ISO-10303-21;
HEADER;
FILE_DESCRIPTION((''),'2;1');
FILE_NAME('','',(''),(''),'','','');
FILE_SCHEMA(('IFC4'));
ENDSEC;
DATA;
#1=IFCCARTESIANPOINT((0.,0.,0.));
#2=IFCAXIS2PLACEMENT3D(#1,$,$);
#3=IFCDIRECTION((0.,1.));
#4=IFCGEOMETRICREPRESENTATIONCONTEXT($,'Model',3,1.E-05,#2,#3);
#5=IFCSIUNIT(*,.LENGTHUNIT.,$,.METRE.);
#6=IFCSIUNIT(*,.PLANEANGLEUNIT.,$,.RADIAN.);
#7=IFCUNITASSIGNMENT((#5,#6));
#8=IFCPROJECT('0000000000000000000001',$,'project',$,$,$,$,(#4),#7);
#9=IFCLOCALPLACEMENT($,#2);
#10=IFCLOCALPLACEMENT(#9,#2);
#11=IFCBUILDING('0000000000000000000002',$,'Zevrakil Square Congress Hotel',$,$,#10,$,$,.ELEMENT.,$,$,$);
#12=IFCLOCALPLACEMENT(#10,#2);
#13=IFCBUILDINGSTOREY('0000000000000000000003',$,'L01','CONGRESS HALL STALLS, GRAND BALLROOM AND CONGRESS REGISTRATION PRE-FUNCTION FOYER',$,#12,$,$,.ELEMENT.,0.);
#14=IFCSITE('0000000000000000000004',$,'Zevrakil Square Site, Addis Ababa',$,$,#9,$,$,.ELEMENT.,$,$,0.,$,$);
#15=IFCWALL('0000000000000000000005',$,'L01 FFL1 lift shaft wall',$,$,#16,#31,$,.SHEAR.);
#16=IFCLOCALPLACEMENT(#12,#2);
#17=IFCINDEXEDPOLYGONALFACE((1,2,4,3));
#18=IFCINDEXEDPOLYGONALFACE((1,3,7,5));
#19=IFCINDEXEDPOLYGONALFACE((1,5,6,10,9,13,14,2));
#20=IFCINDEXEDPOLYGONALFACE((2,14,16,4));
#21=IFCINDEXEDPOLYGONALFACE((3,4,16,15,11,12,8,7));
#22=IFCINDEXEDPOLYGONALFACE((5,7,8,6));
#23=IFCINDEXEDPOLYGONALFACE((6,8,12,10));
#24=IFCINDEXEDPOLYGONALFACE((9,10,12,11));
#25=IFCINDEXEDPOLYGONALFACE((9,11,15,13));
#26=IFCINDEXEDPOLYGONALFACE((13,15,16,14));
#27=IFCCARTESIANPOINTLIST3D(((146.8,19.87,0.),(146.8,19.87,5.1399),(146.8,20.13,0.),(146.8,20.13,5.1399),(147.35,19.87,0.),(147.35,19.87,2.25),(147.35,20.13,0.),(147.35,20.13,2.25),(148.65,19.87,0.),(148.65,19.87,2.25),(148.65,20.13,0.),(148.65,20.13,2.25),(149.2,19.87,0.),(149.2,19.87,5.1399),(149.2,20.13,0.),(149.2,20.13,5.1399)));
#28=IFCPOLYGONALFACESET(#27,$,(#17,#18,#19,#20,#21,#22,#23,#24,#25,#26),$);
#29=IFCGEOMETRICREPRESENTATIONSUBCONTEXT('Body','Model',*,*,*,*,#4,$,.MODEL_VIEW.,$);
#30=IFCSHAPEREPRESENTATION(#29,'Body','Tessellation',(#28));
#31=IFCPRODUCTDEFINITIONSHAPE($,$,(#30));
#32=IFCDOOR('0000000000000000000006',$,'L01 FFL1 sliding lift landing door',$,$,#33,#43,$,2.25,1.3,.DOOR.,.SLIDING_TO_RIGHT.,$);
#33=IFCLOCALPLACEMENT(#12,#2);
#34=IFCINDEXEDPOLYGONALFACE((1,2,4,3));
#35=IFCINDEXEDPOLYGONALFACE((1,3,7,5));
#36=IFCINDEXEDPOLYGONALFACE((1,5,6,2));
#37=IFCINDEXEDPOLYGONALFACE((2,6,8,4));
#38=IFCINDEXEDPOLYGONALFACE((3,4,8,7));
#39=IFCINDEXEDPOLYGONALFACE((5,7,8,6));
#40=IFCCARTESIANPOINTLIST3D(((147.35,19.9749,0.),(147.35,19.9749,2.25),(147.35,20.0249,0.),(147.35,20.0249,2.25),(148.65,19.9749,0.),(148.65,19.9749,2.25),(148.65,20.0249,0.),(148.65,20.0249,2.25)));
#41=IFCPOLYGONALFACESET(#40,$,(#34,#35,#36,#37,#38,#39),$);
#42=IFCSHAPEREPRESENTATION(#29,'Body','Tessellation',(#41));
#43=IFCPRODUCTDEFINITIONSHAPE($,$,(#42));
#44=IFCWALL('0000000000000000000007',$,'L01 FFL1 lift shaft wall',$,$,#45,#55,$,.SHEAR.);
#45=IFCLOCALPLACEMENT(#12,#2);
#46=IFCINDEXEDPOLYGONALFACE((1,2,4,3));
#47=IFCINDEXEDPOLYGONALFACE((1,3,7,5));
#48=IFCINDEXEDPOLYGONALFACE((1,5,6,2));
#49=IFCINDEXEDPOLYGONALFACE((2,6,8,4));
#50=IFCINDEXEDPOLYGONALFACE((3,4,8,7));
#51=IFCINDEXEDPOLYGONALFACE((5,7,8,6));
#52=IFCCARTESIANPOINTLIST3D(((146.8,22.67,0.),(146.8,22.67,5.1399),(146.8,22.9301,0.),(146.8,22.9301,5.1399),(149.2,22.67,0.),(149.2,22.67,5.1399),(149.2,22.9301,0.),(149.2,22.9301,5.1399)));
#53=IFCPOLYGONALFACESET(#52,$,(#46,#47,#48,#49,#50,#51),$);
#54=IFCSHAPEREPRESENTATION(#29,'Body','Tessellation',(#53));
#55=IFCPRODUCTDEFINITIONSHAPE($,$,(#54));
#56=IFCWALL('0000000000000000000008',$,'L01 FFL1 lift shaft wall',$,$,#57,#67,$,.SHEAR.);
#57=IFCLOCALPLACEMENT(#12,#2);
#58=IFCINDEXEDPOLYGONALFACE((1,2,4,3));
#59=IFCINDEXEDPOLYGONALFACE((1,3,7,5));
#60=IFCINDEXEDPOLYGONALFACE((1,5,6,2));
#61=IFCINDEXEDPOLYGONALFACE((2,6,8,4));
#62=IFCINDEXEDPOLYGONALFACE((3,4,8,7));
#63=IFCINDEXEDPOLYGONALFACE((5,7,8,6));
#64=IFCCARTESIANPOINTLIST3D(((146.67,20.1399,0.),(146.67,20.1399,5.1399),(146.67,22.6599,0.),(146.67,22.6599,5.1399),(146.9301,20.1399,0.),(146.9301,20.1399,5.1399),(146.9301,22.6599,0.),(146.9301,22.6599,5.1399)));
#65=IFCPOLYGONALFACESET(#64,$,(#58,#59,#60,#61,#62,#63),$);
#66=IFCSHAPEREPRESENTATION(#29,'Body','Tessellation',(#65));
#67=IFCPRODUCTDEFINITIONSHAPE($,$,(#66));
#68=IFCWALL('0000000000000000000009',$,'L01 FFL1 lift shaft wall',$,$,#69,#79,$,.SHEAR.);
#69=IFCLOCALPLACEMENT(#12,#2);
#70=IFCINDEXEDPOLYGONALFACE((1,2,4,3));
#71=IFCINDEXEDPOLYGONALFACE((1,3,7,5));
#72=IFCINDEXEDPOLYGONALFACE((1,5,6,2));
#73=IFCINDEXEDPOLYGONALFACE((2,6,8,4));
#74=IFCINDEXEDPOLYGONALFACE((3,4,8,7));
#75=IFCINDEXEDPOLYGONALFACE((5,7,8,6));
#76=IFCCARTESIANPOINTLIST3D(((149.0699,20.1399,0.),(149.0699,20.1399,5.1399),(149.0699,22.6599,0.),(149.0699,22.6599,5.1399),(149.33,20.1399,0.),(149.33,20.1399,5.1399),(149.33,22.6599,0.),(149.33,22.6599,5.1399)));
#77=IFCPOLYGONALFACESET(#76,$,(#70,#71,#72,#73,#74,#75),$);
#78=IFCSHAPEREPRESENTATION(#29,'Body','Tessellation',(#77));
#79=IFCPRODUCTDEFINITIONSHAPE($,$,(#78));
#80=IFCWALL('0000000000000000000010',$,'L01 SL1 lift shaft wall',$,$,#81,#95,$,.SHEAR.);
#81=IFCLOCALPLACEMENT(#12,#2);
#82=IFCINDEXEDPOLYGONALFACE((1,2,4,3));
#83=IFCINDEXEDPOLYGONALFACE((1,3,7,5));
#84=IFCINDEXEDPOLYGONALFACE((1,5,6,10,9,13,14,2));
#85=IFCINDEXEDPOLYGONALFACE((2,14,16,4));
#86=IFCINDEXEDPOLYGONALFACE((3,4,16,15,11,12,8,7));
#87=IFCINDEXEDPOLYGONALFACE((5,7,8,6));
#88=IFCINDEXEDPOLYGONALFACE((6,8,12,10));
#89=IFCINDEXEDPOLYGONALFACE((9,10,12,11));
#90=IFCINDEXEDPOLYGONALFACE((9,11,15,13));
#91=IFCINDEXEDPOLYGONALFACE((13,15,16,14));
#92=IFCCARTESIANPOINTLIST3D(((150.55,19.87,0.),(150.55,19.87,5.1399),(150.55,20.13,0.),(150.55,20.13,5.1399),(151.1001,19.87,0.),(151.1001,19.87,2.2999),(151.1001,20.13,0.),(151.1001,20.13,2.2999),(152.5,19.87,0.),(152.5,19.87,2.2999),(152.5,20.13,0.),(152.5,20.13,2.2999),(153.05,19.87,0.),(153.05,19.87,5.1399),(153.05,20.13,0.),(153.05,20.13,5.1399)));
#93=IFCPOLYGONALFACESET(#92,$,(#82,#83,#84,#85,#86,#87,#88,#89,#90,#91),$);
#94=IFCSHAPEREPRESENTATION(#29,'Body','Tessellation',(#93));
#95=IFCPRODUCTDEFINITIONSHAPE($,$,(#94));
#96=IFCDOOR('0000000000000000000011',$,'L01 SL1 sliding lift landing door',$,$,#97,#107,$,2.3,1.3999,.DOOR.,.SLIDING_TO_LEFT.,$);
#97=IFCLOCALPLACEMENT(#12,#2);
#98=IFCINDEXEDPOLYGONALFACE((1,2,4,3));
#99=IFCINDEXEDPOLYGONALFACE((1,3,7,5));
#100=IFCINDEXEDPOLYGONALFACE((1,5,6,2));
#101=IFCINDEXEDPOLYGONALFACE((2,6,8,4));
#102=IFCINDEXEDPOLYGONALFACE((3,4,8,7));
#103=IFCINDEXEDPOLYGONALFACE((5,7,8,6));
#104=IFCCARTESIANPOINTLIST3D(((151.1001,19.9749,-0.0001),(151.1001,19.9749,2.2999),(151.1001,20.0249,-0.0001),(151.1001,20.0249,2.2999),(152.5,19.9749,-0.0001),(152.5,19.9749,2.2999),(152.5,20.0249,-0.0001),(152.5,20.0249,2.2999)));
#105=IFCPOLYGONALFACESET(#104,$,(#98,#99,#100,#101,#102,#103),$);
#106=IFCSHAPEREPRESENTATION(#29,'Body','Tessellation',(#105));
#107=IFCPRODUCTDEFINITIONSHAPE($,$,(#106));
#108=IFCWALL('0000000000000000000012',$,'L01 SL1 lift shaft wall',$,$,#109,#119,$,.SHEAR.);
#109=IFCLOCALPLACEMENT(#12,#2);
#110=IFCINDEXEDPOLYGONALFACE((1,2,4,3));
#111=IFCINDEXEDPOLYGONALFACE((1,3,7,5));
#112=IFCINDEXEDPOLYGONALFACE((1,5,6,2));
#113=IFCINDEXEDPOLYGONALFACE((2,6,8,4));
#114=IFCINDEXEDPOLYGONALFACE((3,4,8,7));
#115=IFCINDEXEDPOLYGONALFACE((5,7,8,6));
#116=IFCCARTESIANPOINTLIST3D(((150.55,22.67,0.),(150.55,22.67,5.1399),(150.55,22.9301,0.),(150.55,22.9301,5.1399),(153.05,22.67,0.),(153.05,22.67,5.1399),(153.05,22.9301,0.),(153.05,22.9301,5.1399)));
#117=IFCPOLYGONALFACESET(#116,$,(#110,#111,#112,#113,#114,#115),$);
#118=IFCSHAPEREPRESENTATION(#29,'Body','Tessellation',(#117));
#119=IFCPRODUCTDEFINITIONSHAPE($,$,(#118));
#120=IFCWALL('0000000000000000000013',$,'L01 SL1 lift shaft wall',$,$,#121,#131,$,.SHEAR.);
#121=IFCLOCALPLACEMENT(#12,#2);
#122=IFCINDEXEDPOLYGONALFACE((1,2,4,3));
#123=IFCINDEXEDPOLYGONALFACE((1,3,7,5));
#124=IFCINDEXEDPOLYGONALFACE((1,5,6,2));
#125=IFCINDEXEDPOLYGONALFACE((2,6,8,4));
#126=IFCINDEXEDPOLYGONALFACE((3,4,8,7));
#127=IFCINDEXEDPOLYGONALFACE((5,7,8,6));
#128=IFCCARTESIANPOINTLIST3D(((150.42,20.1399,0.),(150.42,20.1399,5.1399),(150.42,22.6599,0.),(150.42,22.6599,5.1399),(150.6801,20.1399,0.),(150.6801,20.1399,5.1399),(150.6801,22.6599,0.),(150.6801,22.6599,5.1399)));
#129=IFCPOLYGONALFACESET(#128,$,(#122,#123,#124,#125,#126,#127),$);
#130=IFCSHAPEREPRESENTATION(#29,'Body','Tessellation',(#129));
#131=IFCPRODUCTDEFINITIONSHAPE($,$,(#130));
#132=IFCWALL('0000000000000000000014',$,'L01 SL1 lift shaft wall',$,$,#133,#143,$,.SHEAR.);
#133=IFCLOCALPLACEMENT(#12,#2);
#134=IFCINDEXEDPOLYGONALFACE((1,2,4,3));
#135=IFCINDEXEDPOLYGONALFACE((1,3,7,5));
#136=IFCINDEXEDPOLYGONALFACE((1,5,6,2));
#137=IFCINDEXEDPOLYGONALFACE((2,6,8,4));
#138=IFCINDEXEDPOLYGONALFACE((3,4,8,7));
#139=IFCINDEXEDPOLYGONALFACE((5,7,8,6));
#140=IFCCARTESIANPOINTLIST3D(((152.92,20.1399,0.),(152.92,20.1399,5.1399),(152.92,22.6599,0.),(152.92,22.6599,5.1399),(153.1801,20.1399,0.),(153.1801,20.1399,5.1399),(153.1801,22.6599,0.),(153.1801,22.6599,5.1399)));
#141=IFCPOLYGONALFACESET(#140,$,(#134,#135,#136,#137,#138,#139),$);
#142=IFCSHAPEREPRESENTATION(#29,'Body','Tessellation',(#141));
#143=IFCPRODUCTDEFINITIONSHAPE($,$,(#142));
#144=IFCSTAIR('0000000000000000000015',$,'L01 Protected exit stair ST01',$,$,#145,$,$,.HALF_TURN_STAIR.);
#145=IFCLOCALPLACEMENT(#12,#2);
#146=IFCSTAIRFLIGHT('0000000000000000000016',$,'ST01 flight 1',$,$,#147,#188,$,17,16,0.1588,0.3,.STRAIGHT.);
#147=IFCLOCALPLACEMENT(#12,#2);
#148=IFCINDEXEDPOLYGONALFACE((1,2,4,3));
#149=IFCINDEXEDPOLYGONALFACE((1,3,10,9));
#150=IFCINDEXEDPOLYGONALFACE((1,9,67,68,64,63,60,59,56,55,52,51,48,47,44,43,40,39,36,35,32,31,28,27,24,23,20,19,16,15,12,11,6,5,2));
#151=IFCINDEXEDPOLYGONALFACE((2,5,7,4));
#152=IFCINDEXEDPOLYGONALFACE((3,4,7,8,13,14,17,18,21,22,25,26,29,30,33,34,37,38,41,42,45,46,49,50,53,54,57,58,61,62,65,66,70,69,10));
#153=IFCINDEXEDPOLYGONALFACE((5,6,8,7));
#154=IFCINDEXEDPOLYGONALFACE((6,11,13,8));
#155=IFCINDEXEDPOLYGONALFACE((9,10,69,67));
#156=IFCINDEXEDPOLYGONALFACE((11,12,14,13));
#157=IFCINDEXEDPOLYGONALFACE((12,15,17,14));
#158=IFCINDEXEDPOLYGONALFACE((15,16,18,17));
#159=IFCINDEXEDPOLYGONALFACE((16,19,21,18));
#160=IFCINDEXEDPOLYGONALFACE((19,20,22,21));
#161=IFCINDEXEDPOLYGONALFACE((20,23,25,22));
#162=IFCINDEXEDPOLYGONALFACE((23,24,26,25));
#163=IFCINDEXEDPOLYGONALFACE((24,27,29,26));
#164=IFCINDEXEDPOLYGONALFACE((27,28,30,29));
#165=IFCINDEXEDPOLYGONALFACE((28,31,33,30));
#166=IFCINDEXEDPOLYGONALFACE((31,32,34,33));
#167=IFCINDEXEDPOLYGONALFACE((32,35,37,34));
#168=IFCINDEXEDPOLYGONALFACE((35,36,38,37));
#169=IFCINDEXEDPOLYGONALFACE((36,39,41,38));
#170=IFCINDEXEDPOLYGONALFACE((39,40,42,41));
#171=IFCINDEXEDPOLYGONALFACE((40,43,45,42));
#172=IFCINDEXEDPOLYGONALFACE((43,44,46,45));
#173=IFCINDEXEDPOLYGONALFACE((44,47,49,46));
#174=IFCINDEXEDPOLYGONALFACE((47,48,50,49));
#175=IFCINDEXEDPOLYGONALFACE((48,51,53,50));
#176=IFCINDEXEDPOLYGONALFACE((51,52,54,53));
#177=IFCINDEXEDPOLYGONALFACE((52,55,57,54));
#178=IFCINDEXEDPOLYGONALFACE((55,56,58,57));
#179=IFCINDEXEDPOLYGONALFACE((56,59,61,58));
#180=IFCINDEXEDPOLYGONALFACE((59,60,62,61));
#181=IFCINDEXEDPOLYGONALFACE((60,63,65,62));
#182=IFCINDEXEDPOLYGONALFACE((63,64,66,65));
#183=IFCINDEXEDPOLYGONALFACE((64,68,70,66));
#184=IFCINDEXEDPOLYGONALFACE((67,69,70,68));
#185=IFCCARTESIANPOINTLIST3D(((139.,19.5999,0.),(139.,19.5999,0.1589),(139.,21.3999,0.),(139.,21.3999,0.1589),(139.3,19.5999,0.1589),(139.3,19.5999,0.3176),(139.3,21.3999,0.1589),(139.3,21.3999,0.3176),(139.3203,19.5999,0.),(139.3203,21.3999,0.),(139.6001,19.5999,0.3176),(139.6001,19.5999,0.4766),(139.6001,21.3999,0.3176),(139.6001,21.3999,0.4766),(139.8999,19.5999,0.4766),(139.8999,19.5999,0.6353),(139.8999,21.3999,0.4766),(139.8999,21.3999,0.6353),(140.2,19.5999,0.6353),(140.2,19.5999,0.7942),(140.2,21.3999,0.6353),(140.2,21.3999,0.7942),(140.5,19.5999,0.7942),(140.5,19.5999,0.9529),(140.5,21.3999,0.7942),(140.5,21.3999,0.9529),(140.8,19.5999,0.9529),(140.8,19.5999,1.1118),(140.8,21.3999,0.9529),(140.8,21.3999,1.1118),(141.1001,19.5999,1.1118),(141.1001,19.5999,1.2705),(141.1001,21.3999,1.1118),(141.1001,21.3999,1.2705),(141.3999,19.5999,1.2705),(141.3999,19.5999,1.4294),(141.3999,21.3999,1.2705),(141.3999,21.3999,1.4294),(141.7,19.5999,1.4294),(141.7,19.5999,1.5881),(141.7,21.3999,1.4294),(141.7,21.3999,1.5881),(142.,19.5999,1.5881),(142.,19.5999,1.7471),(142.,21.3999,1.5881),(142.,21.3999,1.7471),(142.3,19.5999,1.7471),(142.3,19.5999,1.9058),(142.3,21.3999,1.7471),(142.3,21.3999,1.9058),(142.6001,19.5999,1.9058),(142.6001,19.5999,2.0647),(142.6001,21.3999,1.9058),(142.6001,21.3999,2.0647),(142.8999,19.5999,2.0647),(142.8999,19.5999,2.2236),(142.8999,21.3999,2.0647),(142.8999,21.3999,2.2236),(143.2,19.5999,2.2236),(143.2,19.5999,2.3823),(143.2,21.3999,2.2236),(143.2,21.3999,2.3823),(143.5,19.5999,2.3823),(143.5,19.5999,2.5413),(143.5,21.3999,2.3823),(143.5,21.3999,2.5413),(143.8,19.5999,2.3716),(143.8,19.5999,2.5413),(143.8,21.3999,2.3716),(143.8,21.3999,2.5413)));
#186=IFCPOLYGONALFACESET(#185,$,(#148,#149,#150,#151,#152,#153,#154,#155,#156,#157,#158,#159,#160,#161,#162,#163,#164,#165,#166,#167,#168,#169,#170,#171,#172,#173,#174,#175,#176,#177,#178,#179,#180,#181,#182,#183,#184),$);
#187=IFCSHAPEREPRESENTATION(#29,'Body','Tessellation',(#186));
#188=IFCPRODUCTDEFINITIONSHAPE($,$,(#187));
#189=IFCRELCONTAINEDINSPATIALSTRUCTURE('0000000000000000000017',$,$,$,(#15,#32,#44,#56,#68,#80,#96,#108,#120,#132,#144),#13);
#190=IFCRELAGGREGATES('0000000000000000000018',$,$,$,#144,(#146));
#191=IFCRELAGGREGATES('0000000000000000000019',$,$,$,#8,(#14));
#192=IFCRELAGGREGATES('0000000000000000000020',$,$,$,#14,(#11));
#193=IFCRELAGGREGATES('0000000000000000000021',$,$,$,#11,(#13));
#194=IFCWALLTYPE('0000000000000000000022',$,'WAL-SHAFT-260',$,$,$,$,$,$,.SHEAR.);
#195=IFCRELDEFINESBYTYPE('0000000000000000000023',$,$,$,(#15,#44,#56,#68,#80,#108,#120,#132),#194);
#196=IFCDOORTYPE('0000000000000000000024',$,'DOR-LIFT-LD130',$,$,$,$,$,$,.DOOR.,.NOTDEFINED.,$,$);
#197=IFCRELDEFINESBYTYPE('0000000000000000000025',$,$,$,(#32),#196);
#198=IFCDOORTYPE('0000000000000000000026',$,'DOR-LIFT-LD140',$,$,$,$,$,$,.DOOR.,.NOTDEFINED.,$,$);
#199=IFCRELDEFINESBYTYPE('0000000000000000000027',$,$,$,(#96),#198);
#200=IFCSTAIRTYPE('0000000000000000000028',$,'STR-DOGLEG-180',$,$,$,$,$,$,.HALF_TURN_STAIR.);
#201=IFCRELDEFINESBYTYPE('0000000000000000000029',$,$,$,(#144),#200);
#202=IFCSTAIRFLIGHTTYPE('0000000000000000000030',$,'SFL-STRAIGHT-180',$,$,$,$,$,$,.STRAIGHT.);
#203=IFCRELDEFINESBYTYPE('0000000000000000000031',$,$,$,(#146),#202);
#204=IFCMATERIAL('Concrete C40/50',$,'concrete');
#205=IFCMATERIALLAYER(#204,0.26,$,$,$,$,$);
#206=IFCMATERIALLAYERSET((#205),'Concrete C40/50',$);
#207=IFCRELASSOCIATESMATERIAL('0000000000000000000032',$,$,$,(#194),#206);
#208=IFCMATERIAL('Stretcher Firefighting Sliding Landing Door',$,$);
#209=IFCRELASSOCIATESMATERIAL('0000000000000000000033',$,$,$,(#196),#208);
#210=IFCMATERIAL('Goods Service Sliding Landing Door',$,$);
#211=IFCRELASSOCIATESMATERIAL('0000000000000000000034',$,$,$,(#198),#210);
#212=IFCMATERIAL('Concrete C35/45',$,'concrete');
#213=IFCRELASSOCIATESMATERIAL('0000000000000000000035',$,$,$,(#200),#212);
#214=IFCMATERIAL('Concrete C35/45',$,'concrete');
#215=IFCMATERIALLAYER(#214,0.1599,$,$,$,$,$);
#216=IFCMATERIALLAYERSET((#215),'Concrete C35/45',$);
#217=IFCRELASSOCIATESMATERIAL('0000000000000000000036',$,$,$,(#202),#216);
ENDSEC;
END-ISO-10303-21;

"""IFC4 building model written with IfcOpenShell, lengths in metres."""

from ifc_helpers import new_model, si_unit, direction, frame, frame_2d, origin, place, context, subcontext, project, spatial, polyline, rectangle, outline, extrude, material, layer, layer_set, type_object, element, fill, aggregate, save


model = new_model("IFC4")

# Units and contexts
model_context = context("Model", 3, precision=1e-05, world=origin(), true_north=direction((0.0, 1.0)))
body_context = subcontext(model_context, "Body", "Model", "MODEL_VIEW")
ifc_project = project(units=[si_unit("LENGTHUNIT", "METRE"), si_unit("PLANEANGLEUNIT", "RADIAN")], contexts=[model_context])

# Site, building, storey
site_placement = place(None, origin())
site = spatial("IfcSite", under=ifc_project, at=site_placement, Name="Zevrakil Square Site, Addis Ababa", CompositionType="ELEMENT", RefElevation=0.0)
building_placement = place(site_placement, origin())
building = spatial("IfcBuilding", under=site, at=building_placement, Name="Zevrakil Square Congress Hotel", CompositionType="ELEMENT")
storey_placement = place(building_placement, origin())
storey = spatial("IfcBuildingStorey", under=building, at=storey_placement, Name="L01", Description="CONGRESS HALL STALLS, GRAND BALLROOM AND CONGRESS REGISTRATION PRE-FUNCTION FOYER", CompositionType="ELEMENT", Elevation=0.0)

# Shared definitions
ifc_material_1 = material(Name="Concrete C40/50", Category="concrete")
ifc_layer_1 = layer(ifc_material_1, 0.26)
ifc_layer_set_1 = layer_set([ifc_layer_1], Name="Concrete C40/50")
wall_type_1 = type_object("IfcWallType", Name="WAL-SHAFT-260", PredefinedType="SHEAR", material=ifc_layer_set_1)

# Wall, opening, door
wall_1_placement = place(storey_placement, frame((146.8, 20.0, 0.0), z_axis=(0.0, 0.0, 1.0), x_axis=(1.0, 0.0, 0.0)))
wall_1 = element("IfcWall", 1, at=wall_1_placement, inside=storey, type_object=wall_type_1, Name="L01 FFL1 lift shaft wall", PredefinedType="SHEAR", context=body_context, shape_type="SweptSolid", body=[
    extrude(rectangle(XDim=2.3999, YDim=0.26, at=frame_2d((1.2, 0.0))), origin(), (0.0, 0.0, 1.0), 5.1399),
])
opening_1_placement = place(wall_1_placement, frame((0.55, 0.0, 0.0)))
opening_1 = element("IfcOpeningElement", 2, at=opening_1_placement, cuts=wall_1, PredefinedType="OPENING", context=body_context, shape_type="SweptSolid", body=[
    extrude(rectangle(XDim=1.3, YDim=2.25, at=frame_2d((0.6499, 1.125))), frame((0.0, 0.1401, 0.0), z_axis=(0.0, -1.0, 0.0), x_axis=(1.0, 0.0, 0.0)), (0.0, 0.0, 1.0), 0.28),
])
ifc_material_2 = material(Name="Stretcher Firefighting Sliding Landing Door")
door_type_1 = type_object("IfcDoorType", Name="DOR-LIFT-LD130", OperationType="NOTDEFINED", PredefinedType="DOOR", material=ifc_material_2)
door_1_placement = place(opening_1_placement, origin())
door_1 = element("IfcDoor", 3, at=door_1_placement, inside=storey, type_object=door_type_1, Name="L01 FFL1 sliding lift landing door", OperationType="SLIDING_TO_RIGHT", OverallHeight=2.25, OverallWidth=1.3, PredefinedType="DOOR", context=body_context, shape_type="SweptSolid", body=[
    extrude(rectangle(XDim=1.3, YDim=2.25, at=frame_2d((0.6499, 1.125))), frame((0.0, 0.0249, 0.0), z_axis=(0.0, -1.0, 0.0), x_axis=(1.0, 0.0, 0.0)), (0.0, 0.0, 1.0), 0.05),
])
fill(opening_1, door_1)

# Walls
wall_2_placement = place(storey_placement, frame((146.8, 22.8, 0.0), z_axis=(0.0, 0.0, 1.0), x_axis=(1.0, 0.0, 0.0)))
element("IfcWall", 4, at=wall_2_placement, inside=storey, type_object=wall_type_1, Name="L01 FFL1 lift shaft wall", PredefinedType="SHEAR", context=body_context, shape_type="SweptSolid", body=[
    extrude(rectangle(XDim=2.3999, YDim=0.26, at=frame_2d((1.2, 0.0))), origin(), (0.0, 0.0, 1.0), 5.1399),
])
for number, where, z_axis, x_axis, name in (
    (5, (146.8, 20.1399, 0.0), (0.0, 0.0, 1.0), (0.0, 1.0, 0.0), "L01 FFL1 lift shaft wall"),
    (6, (149.2, 20.1399, 0.0), (0.0, 0.0, 1.0), (0.0, 1.0, 0.0), "L01 FFL1 lift shaft wall"),
):
    element("IfcWall", number, at=place(storey_placement, frame(where, z_axis=z_axis, x_axis=x_axis)), inside=storey, type_object=wall_type_1, Name=name, PredefinedType="SHEAR", context=body_context, shape_type="SweptSolid", body=[
        extrude(rectangle(XDim=2.52, YDim=0.26, at=frame_2d((1.26, 0.0))), origin(), (0.0, 0.0, 1.0), 5.1399),
    ])

# Wall, opening, door
wall_3_placement = place(storey_placement, frame((150.55, 20.0, 0.0), z_axis=(0.0, 0.0, 1.0), x_axis=(1.0, 0.0, 0.0)))
wall_3 = element("IfcWall", 7, at=wall_3_placement, inside=storey, type_object=wall_type_1, Name="L01 SL1 lift shaft wall", PredefinedType="SHEAR", context=body_context, shape_type="SweptSolid", body=[
    extrude(rectangle(XDim=2.5, YDim=0.26, at=frame_2d((1.25, 0.0))), origin(), (0.0, 0.0, 1.0), 5.1399),
])
opening_2_placement = place(wall_3_placement, frame((0.55, 0.0, 0.0)))
opening_2 = element("IfcOpeningElement", 8, at=opening_2_placement, cuts=wall_3, PredefinedType="OPENING", context=body_context, shape_type="SweptSolid", body=[
    extrude(rectangle(XDim=1.3999, YDim=2.3, at=frame_2d((0.7, 1.1499))), frame((0.0, 0.1401, 0.0), z_axis=(0.0, -1.0, 0.0), x_axis=(1.0, 0.0, 0.0)), (0.0, 0.0, 1.0), 0.28),
])
ifc_material_3 = material(Name="Goods Service Sliding Landing Door")
door_type_2 = type_object("IfcDoorType", Name="DOR-LIFT-LD140", OperationType="NOTDEFINED", PredefinedType="DOOR", material=ifc_material_3)
door_2_placement = place(opening_2_placement, origin())
door_2 = element("IfcDoor", 9, at=door_2_placement, inside=storey, type_object=door_type_2, Name="L01 SL1 sliding lift landing door", OperationType="SLIDING_TO_LEFT", OverallHeight=2.3, OverallWidth=1.3999, PredefinedType="DOOR", context=body_context, shape_type="SweptSolid", body=[
    extrude(rectangle(XDim=1.3999, YDim=2.3, at=frame_2d((0.7, 1.1499))), frame((0.0, 0.0249, 0.0), z_axis=(0.0, -1.0, 0.0), x_axis=(1.0, 0.0, 0.0)), (0.0, 0.0, 1.0), 0.05),
])
fill(opening_2, door_2)

# Walls
wall_4_placement = place(storey_placement, frame((150.55, 22.8, 0.0), z_axis=(0.0, 0.0, 1.0), x_axis=(1.0, 0.0, 0.0)))
element("IfcWall", 10, at=wall_4_placement, inside=storey, type_object=wall_type_1, Name="L01 SL1 lift shaft wall", PredefinedType="SHEAR", context=body_context, shape_type="SweptSolid", body=[
    extrude(rectangle(XDim=2.5, YDim=0.26, at=frame_2d((1.25, 0.0))), origin(), (0.0, 0.0, 1.0), 5.1399),
])
for number, where, z_axis, x_axis, name in (
    (11, (150.55, 20.1399, 0.0), (0.0, 0.0, 1.0), (0.0, 1.0, 0.0), "L01 SL1 lift shaft wall"),
    (12, (153.05, 20.1399, 0.0), (0.0, 0.0, 1.0), (0.0, 1.0, 0.0), "L01 SL1 lift shaft wall"),
):
    element("IfcWall", number, at=place(storey_placement, frame(where, z_axis=z_axis, x_axis=x_axis)), inside=storey, type_object=wall_type_1, Name=name, PredefinedType="SHEAR", context=body_context, shape_type="SweptSolid", body=[
        extrude(rectangle(XDim=2.52, YDim=0.26, at=frame_2d((1.26, 0.0))), origin(), (0.0, 0.0, 1.0), 5.1399),
    ])

# Stair, stair flight
ifc_material_4 = material(Name="Concrete C35/45", Category="concrete")
stair_type = type_object("IfcStairType", Name="STR-DOGLEG-180", PredefinedType="HALF_TURN_STAIR", material=ifc_material_4)
stair_placement = place(storey_placement, origin())
stair = element("IfcStair", 13, at=stair_placement, inside=storey, type_object=stair_type, Name="L01 Protected exit stair ST01", PredefinedType="HALF_TURN_STAIR")
ifc_material_5 = material(Name="Concrete C35/45", Category="concrete")
ifc_layer_2 = layer(ifc_material_5, 0.1599)
ifc_layer_set_2 = layer_set([ifc_layer_2], Name="Concrete C35/45")
stair_flight_type = type_object("IfcStairFlightType", Name="SFL-STRAIGHT-180", PredefinedType="STRAIGHT", material=ifc_layer_set_2)
stair_flight_1_placement = place(storey_placement, frame((139.0, 20.5, 0.0), z_axis=(0.0, 0.0, 1.0), x_axis=(1.0, 0.0, 0.0)))
stair_flight_1 = element("IfcStairFlight", 14, at=stair_flight_1_placement, type_object=stair_flight_type, Name="ST01 flight 1", NumberOfRisers=17, NumberOfTreads=16, PredefinedType="STRAIGHT", RiserHeight=0.1588, TreadLength=0.3, context=body_context, shape_type="SweptSolid", body=[
    extrude(outline(polyline([(0.0, 0.0), (0.0, 0.1589), (0.3, 0.1589), (0.3, 0.3176), (0.6001, 0.3176), (0.6001, 0.4766), (0.8999, 0.4766), (0.8999, 0.6353), (1.2, 0.6353), (1.2, 0.7942), (1.5, 0.7942), (1.5, 0.9529), (1.8, 0.9529), (1.8, 1.1118), (2.1001, 1.1118), (2.1001, 1.2705), (2.3999, 1.2705), (2.3999, 1.4294), (2.7, 1.4294), (2.7, 1.5881), (3.0, 1.5881), (3.0, 1.7471), (3.3, 1.7471), (3.3, 1.9058), (3.6001, 1.9058), (3.6001, 2.0647), (3.8999, 2.0647), (3.8999, 2.2236), (4.2, 2.2236), (4.2, 2.3823), (4.5, 2.3823), (4.5, 2.5413), (4.8, 2.5413), (4.8, 2.7), (4.8, 2.3716), (0.3203, 0.0), (0.0, 0.0)])), frame((0.0, 0.8999, 0.0), z_axis=(0.0, -1.0, 0.0), x_axis=(1.0, 0.0, 0.0)), (0.0, 0.0, 1.0), 1.8),
])
aggregate(stair, [stair_flight_1])

save(model, "model.ifc")
